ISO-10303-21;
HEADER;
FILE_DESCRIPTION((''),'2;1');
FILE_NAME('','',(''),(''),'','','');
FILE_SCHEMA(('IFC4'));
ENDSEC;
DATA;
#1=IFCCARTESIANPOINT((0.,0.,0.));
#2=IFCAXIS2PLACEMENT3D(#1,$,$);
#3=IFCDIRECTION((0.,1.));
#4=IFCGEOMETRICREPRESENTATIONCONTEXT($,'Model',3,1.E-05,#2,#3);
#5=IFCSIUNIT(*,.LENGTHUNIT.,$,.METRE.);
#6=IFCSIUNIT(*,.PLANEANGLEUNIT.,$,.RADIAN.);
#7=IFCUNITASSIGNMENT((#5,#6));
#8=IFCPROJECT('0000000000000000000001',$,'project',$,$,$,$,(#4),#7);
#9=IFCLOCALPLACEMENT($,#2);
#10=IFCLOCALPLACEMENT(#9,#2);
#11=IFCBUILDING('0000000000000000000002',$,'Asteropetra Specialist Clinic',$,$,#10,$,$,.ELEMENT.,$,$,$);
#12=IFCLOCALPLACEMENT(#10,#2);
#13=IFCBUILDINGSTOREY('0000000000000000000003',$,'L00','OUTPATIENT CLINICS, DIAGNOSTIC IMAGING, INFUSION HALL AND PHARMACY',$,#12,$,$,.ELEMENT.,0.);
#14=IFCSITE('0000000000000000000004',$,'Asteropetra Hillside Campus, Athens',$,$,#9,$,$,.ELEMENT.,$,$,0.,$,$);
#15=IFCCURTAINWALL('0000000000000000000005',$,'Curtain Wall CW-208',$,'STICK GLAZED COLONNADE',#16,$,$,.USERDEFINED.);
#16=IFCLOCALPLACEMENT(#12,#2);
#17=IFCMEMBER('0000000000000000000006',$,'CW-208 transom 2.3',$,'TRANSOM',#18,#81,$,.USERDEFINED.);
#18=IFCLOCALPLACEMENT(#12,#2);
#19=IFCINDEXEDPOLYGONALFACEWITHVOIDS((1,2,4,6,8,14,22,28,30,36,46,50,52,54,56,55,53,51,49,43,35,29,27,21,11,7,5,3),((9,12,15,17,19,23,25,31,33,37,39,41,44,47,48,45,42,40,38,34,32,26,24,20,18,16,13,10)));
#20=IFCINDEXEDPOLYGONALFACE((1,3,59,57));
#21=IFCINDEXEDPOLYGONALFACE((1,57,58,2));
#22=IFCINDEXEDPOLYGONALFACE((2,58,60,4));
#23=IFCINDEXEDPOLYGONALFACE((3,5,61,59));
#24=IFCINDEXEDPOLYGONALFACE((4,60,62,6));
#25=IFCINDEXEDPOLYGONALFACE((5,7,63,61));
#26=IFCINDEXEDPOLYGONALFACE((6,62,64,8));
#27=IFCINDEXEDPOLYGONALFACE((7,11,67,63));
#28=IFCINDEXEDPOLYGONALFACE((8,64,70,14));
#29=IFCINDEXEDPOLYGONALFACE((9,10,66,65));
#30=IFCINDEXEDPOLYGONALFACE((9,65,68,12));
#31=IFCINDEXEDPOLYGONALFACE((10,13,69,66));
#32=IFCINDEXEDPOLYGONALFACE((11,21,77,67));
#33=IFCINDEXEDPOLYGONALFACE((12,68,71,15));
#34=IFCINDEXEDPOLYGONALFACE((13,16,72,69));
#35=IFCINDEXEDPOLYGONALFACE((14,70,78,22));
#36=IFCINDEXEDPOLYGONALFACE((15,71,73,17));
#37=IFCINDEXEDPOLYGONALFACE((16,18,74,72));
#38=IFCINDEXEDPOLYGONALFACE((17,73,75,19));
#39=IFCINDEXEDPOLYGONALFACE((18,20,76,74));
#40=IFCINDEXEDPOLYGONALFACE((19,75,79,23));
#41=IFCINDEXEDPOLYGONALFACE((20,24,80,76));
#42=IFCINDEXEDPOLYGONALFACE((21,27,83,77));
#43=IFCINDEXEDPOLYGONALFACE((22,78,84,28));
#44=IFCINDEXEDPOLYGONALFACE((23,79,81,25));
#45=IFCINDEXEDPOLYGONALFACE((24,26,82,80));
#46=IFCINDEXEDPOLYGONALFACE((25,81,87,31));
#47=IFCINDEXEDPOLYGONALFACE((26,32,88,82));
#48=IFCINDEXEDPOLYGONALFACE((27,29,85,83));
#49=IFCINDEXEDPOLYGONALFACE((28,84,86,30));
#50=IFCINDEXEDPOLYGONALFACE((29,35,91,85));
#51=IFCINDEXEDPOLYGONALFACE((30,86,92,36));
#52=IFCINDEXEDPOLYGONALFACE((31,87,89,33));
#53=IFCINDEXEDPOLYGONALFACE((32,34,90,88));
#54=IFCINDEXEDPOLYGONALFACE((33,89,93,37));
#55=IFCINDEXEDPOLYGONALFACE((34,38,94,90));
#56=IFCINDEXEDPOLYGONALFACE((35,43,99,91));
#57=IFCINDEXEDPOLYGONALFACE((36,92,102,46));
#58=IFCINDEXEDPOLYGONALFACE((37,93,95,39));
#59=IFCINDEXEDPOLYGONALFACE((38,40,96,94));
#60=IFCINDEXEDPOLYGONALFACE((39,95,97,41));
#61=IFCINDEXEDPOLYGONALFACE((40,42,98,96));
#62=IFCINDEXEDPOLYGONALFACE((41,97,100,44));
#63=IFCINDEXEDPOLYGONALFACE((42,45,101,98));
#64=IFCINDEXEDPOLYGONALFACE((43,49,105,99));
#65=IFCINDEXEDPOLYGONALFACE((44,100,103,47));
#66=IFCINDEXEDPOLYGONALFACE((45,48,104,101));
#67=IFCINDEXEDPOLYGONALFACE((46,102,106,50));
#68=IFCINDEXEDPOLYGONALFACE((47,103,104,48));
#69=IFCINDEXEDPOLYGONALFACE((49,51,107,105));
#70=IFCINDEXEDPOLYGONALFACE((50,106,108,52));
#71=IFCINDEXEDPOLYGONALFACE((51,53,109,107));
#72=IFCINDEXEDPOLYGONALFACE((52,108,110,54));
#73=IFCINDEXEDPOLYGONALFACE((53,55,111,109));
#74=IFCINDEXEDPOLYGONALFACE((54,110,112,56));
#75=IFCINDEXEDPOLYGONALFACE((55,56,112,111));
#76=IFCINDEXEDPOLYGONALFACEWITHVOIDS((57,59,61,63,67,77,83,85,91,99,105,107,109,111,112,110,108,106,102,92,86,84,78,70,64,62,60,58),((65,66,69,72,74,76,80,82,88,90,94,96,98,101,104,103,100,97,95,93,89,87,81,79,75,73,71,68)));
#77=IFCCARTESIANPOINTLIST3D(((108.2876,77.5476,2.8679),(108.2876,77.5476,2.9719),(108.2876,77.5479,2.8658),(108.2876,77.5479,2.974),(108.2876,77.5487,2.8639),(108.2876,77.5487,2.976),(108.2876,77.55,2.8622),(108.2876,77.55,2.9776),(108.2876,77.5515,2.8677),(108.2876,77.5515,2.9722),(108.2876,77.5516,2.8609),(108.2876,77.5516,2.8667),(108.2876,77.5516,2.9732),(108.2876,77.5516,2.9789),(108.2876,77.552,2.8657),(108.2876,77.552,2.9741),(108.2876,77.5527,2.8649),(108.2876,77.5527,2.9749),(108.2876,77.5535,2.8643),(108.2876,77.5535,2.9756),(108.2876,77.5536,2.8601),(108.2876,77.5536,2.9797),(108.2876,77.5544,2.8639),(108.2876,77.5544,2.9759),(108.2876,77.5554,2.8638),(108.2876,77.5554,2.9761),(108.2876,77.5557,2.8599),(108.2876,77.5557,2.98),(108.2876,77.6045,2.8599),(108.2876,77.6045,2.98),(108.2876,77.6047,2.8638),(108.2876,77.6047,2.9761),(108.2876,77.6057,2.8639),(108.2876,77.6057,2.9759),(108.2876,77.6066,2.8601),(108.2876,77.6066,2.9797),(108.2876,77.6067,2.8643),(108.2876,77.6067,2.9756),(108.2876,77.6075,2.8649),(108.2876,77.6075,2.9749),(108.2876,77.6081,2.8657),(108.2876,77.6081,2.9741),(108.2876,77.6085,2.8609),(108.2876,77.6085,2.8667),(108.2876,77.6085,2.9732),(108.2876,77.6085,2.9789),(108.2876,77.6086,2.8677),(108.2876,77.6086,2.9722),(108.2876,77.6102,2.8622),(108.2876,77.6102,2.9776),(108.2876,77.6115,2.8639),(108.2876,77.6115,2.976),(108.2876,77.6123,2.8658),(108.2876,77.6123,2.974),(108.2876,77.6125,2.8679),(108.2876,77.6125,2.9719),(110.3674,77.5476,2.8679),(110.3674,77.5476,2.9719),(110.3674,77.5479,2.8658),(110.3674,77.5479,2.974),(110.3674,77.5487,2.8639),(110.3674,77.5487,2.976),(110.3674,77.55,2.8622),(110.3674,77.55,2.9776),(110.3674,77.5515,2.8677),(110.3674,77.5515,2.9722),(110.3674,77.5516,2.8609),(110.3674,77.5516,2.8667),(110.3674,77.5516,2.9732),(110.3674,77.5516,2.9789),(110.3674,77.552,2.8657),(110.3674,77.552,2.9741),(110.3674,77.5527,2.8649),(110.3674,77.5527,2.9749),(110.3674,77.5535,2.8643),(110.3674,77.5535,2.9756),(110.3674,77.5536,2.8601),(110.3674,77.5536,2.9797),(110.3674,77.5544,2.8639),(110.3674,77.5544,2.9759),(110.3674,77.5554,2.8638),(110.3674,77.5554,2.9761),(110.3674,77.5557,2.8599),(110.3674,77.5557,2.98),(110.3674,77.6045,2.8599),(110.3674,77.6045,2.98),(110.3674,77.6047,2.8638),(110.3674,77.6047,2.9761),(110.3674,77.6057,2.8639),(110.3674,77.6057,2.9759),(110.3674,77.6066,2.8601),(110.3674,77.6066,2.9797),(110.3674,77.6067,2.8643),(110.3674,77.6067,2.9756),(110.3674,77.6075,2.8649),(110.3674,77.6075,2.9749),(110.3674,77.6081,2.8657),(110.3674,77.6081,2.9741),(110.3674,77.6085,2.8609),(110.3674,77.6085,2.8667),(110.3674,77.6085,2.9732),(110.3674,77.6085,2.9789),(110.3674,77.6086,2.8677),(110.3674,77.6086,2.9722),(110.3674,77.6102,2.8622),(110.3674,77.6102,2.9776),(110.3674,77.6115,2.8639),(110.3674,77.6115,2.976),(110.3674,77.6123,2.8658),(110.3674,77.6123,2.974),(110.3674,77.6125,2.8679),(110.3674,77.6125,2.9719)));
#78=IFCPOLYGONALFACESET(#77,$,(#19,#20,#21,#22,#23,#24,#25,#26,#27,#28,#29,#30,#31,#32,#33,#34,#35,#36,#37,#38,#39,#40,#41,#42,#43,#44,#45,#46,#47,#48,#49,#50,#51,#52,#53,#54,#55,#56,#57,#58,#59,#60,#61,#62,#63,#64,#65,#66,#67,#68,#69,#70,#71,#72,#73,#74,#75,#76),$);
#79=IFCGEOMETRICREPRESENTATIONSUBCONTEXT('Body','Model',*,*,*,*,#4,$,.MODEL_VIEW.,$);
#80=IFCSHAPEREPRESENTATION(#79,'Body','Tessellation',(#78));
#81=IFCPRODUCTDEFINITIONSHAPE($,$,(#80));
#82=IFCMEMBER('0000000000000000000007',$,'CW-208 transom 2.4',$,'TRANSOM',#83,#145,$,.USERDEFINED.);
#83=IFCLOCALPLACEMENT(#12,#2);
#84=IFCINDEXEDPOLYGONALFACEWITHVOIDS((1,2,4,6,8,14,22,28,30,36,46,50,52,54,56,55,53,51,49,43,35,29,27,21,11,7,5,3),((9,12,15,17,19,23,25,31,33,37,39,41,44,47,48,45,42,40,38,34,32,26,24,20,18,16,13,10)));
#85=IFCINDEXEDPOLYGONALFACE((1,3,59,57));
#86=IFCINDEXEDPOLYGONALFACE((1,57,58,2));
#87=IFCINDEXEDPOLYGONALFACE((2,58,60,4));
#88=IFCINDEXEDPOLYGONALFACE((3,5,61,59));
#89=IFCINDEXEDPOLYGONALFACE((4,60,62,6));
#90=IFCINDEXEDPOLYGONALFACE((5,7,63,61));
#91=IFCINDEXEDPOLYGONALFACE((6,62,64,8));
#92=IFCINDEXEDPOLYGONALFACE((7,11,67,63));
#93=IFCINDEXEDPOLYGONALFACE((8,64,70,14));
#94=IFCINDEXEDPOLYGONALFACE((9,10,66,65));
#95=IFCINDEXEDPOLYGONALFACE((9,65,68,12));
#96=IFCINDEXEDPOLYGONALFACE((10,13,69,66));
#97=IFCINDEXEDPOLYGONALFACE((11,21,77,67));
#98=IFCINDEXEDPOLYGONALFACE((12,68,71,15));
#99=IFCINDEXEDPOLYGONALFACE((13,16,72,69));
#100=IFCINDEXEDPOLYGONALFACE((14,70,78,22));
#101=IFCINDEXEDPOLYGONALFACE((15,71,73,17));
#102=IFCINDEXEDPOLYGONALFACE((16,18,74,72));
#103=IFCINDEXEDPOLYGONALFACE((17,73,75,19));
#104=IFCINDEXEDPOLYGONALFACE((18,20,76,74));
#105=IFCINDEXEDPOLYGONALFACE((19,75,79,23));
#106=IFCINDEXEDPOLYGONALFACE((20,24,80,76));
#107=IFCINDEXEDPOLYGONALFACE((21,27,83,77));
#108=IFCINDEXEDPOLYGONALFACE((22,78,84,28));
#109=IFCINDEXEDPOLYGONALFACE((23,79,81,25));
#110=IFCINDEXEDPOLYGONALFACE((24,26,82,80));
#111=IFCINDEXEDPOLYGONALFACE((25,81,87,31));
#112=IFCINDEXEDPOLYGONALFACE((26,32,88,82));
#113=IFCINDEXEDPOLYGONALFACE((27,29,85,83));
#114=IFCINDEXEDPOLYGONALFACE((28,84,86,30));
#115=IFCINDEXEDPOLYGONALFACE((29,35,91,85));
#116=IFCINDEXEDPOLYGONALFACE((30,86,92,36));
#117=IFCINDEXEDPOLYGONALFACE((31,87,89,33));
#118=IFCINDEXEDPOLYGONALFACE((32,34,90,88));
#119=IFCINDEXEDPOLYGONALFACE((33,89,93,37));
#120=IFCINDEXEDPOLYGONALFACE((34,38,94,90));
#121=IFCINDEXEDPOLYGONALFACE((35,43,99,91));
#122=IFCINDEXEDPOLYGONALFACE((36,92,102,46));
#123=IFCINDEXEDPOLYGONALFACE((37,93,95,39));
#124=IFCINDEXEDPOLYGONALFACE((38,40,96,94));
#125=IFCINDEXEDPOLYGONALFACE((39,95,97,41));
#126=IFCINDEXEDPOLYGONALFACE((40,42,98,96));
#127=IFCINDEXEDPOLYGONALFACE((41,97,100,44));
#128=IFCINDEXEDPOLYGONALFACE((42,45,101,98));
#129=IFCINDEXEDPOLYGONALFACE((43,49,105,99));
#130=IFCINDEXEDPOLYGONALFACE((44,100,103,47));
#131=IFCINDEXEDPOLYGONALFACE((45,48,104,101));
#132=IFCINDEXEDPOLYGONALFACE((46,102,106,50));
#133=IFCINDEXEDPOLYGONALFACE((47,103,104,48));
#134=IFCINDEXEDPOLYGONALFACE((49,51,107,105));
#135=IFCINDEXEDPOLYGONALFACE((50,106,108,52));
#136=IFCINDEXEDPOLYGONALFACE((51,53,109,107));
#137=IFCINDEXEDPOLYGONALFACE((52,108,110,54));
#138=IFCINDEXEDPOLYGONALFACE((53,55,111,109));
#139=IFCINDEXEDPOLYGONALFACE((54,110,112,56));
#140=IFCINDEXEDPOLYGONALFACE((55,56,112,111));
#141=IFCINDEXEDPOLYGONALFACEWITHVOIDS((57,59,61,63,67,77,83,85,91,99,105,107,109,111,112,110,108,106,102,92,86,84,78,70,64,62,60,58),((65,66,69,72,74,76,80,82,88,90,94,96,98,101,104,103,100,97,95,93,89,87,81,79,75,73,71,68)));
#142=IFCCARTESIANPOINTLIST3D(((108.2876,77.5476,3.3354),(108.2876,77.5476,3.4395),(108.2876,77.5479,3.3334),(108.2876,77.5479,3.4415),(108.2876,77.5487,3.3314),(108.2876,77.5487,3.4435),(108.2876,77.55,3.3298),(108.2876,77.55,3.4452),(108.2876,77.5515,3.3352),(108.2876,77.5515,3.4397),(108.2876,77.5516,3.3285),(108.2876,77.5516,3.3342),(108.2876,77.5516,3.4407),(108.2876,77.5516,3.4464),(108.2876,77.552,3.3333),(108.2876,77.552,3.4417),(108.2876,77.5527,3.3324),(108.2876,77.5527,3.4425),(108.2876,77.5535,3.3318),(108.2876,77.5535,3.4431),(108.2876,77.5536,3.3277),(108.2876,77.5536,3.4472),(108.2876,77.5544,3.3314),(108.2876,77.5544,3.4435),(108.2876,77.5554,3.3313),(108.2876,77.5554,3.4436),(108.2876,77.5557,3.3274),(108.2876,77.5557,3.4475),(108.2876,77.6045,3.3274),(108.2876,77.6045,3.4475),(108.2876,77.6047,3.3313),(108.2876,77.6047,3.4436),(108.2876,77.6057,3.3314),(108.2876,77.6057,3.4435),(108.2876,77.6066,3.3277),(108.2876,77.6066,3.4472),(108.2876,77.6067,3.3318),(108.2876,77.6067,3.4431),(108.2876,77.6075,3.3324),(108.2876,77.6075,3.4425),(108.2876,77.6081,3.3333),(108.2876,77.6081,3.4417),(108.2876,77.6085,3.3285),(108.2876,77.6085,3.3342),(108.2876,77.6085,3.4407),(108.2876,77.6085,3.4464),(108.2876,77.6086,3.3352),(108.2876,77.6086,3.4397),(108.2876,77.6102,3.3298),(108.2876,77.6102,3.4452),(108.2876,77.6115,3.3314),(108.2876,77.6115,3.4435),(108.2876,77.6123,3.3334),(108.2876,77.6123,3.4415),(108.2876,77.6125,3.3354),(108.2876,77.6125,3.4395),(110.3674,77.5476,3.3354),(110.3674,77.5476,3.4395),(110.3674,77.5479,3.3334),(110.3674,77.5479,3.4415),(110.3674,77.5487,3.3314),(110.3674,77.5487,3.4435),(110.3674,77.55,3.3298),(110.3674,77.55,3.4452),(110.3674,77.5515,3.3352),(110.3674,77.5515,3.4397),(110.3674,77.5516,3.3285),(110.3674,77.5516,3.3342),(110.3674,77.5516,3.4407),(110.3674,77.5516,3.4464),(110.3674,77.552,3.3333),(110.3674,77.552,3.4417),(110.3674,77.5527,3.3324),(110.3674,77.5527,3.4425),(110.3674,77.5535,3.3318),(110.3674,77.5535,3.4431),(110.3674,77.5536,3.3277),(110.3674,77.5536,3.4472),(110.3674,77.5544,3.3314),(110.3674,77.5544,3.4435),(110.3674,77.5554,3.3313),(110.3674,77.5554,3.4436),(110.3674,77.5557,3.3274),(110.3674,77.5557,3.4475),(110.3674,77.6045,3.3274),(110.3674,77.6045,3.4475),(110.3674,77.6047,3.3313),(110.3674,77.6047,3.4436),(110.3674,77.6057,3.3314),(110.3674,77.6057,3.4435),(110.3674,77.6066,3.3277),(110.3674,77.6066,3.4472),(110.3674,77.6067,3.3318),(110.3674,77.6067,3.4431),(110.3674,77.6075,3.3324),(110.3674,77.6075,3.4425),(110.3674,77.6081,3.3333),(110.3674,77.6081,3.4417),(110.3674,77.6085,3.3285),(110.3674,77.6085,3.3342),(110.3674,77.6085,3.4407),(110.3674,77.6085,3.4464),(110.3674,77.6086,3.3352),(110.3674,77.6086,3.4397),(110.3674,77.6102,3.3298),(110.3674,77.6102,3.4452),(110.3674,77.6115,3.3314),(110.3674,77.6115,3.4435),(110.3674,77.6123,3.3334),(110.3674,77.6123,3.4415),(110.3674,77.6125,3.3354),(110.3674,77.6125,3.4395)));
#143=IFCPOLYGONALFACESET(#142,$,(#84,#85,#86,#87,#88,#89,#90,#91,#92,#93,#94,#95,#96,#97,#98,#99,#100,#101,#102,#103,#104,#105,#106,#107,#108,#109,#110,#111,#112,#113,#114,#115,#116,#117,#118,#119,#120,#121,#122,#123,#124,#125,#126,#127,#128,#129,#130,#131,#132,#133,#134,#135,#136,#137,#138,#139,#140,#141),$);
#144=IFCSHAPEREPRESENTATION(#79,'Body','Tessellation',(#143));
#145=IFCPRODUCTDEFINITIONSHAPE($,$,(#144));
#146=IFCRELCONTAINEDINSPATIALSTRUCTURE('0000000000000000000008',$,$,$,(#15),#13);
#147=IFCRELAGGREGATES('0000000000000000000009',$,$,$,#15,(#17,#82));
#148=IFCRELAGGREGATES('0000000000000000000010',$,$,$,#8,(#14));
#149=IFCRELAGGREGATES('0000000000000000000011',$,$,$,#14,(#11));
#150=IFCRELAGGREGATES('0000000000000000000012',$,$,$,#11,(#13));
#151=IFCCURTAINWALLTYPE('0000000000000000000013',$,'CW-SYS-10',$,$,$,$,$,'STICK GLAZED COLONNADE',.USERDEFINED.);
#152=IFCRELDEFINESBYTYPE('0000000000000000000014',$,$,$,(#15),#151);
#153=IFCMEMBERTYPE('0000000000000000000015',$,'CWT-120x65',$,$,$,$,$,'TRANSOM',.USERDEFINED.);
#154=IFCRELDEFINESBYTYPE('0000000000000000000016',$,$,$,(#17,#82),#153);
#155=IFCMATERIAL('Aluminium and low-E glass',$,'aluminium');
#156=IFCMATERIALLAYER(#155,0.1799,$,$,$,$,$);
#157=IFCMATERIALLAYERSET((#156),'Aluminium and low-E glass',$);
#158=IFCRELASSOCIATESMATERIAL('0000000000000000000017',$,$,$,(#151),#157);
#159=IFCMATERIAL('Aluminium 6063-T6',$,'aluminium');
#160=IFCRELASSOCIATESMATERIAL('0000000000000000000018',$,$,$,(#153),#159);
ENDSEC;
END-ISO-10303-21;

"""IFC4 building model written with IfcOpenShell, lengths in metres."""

from ifc_helpers import new_model, si_unit, direction, frame, origin, origin_2d, place, context, subcontext, project, spatial, hollow_rectangle, extrude, material, layer, layer_set, material_profile, profile_set, type_object, element, aggregate, save


model = new_model("IFC4")

# Units and contexts
model_context = context("Model", 3, precision=1e-05, world=origin(), true_north=direction((0.0, 1.0)))
body_context = subcontext(model_context, "Body", "Model", "MODEL_VIEW")
ifc_project = project(units=[si_unit("LENGTHUNIT", "METRE"), si_unit("PLANEANGLEUNIT", "RADIAN")], contexts=[model_context])

# Site, building, storey
site_placement = place(None, origin())
site = spatial("IfcSite", under=ifc_project, at=site_placement, Name="Asteropetra Hillside Campus, Athens", CompositionType="ELEMENT", RefElevation=0.0)
building_placement = place(site_placement, origin())
building = spatial("IfcBuilding", under=site, at=building_placement, Name="Asteropetra Specialist Clinic", CompositionType="ELEMENT")
storey_placement = place(building_placement, origin())
storey = spatial("IfcBuildingStorey", under=building, at=storey_placement, Name="L00", Description="OUTPATIENT CLINICS, DIAGNOSTIC IMAGING, INFUSION HALL AND PHARMACY", CompositionType="ELEMENT", Elevation=0.0)

# Curtain wall, members
ifc_material_1 = material(Name="Aluminium and low-E glass", Category="aluminium")
ifc_layer_1 = layer(ifc_material_1, 0.1799)
ifc_layer_set_1 = layer_set([ifc_layer_1], Name="Aluminium and low-E glass")
curtain_wall_type = type_object("IfcCurtainWallType", Name="CW-SYS-10", ElementType="STICK GLAZED COLONNADE", PredefinedType="USERDEFINED", material=ifc_layer_set_1)
curtain_wall_placement = place(storey_placement, origin())
curtain_wall = element("IfcCurtainWall", 1, at=curtain_wall_placement, inside=storey, type_object=curtain_wall_type, Name="Curtain Wall CW-208", ObjectType="STICK GLAZED COLONNADE", PredefinedType="USERDEFINED")
ifc_material_2 = material(Name="Aluminium 6063-T6", Category="aluminium")
ifc_material_profile_1 = material_profile(ifc_material_2, hollow_rectangle(XDim=0.0649, YDim=0.1201, WallThickness=0.0039, InnerFilletRadius=0.0039, OuterFilletRadius=0.0081, at=origin_2d()), Name="TRN 120x65x4.0")
ifc_profile_set_1 = profile_set([ifc_material_profile_1], Name="Aluminium 6063-T6")
member_type_1 = type_object("IfcMemberType", Name="CWT-120x65", ElementType="TRANSOM", PredefinedType="USERDEFINED", material=ifc_profile_set_1)
member_1_placement = place(storey_placement, frame((108.2876, 77.5801, 2.9199), z_axis=(1.0, 0.0, 0.0), x_axis=(0.0, 1.0, 0.0)))
member_1 = element("IfcMember", 2, at=member_1_placement, type_object=member_type_1, Name="CW-208 transom 2.3", ObjectType="TRANSOM", PredefinedType="USERDEFINED", context=body_context, shape_type="SweptSolid", body=[
    extrude(hollow_rectangle(XDim=0.0649, YDim=0.1201, WallThickness=0.0039, InnerFilletRadius=0.0039, OuterFilletRadius=0.0081, at=origin_2d()), origin(), (0.0, 0.0, 1.0), 2.0798),
])
member_2_placement = place(storey_placement, frame((108.2876, 77.5801, 3.3875), z_axis=(1.0, 0.0, 0.0), x_axis=(0.0, 1.0, 0.0)))
member_2 = element("IfcMember", 3, at=member_2_placement, type_object=member_type_1, Name="CW-208 transom 2.4", ObjectType="TRANSOM", PredefinedType="USERDEFINED", context=body_context, shape_type="SweptSolid", body=[
    extrude(hollow_rectangle(XDim=0.0649, YDim=0.1201, WallThickness=0.0039, InnerFilletRadius=0.0039, OuterFilletRadius=0.0081, at=origin_2d()), origin(), (0.0, 0.0, 1.0), 2.0798),
])
aggregate(curtain_wall, [member_1, member_2])

save(model, "model.ifc")
